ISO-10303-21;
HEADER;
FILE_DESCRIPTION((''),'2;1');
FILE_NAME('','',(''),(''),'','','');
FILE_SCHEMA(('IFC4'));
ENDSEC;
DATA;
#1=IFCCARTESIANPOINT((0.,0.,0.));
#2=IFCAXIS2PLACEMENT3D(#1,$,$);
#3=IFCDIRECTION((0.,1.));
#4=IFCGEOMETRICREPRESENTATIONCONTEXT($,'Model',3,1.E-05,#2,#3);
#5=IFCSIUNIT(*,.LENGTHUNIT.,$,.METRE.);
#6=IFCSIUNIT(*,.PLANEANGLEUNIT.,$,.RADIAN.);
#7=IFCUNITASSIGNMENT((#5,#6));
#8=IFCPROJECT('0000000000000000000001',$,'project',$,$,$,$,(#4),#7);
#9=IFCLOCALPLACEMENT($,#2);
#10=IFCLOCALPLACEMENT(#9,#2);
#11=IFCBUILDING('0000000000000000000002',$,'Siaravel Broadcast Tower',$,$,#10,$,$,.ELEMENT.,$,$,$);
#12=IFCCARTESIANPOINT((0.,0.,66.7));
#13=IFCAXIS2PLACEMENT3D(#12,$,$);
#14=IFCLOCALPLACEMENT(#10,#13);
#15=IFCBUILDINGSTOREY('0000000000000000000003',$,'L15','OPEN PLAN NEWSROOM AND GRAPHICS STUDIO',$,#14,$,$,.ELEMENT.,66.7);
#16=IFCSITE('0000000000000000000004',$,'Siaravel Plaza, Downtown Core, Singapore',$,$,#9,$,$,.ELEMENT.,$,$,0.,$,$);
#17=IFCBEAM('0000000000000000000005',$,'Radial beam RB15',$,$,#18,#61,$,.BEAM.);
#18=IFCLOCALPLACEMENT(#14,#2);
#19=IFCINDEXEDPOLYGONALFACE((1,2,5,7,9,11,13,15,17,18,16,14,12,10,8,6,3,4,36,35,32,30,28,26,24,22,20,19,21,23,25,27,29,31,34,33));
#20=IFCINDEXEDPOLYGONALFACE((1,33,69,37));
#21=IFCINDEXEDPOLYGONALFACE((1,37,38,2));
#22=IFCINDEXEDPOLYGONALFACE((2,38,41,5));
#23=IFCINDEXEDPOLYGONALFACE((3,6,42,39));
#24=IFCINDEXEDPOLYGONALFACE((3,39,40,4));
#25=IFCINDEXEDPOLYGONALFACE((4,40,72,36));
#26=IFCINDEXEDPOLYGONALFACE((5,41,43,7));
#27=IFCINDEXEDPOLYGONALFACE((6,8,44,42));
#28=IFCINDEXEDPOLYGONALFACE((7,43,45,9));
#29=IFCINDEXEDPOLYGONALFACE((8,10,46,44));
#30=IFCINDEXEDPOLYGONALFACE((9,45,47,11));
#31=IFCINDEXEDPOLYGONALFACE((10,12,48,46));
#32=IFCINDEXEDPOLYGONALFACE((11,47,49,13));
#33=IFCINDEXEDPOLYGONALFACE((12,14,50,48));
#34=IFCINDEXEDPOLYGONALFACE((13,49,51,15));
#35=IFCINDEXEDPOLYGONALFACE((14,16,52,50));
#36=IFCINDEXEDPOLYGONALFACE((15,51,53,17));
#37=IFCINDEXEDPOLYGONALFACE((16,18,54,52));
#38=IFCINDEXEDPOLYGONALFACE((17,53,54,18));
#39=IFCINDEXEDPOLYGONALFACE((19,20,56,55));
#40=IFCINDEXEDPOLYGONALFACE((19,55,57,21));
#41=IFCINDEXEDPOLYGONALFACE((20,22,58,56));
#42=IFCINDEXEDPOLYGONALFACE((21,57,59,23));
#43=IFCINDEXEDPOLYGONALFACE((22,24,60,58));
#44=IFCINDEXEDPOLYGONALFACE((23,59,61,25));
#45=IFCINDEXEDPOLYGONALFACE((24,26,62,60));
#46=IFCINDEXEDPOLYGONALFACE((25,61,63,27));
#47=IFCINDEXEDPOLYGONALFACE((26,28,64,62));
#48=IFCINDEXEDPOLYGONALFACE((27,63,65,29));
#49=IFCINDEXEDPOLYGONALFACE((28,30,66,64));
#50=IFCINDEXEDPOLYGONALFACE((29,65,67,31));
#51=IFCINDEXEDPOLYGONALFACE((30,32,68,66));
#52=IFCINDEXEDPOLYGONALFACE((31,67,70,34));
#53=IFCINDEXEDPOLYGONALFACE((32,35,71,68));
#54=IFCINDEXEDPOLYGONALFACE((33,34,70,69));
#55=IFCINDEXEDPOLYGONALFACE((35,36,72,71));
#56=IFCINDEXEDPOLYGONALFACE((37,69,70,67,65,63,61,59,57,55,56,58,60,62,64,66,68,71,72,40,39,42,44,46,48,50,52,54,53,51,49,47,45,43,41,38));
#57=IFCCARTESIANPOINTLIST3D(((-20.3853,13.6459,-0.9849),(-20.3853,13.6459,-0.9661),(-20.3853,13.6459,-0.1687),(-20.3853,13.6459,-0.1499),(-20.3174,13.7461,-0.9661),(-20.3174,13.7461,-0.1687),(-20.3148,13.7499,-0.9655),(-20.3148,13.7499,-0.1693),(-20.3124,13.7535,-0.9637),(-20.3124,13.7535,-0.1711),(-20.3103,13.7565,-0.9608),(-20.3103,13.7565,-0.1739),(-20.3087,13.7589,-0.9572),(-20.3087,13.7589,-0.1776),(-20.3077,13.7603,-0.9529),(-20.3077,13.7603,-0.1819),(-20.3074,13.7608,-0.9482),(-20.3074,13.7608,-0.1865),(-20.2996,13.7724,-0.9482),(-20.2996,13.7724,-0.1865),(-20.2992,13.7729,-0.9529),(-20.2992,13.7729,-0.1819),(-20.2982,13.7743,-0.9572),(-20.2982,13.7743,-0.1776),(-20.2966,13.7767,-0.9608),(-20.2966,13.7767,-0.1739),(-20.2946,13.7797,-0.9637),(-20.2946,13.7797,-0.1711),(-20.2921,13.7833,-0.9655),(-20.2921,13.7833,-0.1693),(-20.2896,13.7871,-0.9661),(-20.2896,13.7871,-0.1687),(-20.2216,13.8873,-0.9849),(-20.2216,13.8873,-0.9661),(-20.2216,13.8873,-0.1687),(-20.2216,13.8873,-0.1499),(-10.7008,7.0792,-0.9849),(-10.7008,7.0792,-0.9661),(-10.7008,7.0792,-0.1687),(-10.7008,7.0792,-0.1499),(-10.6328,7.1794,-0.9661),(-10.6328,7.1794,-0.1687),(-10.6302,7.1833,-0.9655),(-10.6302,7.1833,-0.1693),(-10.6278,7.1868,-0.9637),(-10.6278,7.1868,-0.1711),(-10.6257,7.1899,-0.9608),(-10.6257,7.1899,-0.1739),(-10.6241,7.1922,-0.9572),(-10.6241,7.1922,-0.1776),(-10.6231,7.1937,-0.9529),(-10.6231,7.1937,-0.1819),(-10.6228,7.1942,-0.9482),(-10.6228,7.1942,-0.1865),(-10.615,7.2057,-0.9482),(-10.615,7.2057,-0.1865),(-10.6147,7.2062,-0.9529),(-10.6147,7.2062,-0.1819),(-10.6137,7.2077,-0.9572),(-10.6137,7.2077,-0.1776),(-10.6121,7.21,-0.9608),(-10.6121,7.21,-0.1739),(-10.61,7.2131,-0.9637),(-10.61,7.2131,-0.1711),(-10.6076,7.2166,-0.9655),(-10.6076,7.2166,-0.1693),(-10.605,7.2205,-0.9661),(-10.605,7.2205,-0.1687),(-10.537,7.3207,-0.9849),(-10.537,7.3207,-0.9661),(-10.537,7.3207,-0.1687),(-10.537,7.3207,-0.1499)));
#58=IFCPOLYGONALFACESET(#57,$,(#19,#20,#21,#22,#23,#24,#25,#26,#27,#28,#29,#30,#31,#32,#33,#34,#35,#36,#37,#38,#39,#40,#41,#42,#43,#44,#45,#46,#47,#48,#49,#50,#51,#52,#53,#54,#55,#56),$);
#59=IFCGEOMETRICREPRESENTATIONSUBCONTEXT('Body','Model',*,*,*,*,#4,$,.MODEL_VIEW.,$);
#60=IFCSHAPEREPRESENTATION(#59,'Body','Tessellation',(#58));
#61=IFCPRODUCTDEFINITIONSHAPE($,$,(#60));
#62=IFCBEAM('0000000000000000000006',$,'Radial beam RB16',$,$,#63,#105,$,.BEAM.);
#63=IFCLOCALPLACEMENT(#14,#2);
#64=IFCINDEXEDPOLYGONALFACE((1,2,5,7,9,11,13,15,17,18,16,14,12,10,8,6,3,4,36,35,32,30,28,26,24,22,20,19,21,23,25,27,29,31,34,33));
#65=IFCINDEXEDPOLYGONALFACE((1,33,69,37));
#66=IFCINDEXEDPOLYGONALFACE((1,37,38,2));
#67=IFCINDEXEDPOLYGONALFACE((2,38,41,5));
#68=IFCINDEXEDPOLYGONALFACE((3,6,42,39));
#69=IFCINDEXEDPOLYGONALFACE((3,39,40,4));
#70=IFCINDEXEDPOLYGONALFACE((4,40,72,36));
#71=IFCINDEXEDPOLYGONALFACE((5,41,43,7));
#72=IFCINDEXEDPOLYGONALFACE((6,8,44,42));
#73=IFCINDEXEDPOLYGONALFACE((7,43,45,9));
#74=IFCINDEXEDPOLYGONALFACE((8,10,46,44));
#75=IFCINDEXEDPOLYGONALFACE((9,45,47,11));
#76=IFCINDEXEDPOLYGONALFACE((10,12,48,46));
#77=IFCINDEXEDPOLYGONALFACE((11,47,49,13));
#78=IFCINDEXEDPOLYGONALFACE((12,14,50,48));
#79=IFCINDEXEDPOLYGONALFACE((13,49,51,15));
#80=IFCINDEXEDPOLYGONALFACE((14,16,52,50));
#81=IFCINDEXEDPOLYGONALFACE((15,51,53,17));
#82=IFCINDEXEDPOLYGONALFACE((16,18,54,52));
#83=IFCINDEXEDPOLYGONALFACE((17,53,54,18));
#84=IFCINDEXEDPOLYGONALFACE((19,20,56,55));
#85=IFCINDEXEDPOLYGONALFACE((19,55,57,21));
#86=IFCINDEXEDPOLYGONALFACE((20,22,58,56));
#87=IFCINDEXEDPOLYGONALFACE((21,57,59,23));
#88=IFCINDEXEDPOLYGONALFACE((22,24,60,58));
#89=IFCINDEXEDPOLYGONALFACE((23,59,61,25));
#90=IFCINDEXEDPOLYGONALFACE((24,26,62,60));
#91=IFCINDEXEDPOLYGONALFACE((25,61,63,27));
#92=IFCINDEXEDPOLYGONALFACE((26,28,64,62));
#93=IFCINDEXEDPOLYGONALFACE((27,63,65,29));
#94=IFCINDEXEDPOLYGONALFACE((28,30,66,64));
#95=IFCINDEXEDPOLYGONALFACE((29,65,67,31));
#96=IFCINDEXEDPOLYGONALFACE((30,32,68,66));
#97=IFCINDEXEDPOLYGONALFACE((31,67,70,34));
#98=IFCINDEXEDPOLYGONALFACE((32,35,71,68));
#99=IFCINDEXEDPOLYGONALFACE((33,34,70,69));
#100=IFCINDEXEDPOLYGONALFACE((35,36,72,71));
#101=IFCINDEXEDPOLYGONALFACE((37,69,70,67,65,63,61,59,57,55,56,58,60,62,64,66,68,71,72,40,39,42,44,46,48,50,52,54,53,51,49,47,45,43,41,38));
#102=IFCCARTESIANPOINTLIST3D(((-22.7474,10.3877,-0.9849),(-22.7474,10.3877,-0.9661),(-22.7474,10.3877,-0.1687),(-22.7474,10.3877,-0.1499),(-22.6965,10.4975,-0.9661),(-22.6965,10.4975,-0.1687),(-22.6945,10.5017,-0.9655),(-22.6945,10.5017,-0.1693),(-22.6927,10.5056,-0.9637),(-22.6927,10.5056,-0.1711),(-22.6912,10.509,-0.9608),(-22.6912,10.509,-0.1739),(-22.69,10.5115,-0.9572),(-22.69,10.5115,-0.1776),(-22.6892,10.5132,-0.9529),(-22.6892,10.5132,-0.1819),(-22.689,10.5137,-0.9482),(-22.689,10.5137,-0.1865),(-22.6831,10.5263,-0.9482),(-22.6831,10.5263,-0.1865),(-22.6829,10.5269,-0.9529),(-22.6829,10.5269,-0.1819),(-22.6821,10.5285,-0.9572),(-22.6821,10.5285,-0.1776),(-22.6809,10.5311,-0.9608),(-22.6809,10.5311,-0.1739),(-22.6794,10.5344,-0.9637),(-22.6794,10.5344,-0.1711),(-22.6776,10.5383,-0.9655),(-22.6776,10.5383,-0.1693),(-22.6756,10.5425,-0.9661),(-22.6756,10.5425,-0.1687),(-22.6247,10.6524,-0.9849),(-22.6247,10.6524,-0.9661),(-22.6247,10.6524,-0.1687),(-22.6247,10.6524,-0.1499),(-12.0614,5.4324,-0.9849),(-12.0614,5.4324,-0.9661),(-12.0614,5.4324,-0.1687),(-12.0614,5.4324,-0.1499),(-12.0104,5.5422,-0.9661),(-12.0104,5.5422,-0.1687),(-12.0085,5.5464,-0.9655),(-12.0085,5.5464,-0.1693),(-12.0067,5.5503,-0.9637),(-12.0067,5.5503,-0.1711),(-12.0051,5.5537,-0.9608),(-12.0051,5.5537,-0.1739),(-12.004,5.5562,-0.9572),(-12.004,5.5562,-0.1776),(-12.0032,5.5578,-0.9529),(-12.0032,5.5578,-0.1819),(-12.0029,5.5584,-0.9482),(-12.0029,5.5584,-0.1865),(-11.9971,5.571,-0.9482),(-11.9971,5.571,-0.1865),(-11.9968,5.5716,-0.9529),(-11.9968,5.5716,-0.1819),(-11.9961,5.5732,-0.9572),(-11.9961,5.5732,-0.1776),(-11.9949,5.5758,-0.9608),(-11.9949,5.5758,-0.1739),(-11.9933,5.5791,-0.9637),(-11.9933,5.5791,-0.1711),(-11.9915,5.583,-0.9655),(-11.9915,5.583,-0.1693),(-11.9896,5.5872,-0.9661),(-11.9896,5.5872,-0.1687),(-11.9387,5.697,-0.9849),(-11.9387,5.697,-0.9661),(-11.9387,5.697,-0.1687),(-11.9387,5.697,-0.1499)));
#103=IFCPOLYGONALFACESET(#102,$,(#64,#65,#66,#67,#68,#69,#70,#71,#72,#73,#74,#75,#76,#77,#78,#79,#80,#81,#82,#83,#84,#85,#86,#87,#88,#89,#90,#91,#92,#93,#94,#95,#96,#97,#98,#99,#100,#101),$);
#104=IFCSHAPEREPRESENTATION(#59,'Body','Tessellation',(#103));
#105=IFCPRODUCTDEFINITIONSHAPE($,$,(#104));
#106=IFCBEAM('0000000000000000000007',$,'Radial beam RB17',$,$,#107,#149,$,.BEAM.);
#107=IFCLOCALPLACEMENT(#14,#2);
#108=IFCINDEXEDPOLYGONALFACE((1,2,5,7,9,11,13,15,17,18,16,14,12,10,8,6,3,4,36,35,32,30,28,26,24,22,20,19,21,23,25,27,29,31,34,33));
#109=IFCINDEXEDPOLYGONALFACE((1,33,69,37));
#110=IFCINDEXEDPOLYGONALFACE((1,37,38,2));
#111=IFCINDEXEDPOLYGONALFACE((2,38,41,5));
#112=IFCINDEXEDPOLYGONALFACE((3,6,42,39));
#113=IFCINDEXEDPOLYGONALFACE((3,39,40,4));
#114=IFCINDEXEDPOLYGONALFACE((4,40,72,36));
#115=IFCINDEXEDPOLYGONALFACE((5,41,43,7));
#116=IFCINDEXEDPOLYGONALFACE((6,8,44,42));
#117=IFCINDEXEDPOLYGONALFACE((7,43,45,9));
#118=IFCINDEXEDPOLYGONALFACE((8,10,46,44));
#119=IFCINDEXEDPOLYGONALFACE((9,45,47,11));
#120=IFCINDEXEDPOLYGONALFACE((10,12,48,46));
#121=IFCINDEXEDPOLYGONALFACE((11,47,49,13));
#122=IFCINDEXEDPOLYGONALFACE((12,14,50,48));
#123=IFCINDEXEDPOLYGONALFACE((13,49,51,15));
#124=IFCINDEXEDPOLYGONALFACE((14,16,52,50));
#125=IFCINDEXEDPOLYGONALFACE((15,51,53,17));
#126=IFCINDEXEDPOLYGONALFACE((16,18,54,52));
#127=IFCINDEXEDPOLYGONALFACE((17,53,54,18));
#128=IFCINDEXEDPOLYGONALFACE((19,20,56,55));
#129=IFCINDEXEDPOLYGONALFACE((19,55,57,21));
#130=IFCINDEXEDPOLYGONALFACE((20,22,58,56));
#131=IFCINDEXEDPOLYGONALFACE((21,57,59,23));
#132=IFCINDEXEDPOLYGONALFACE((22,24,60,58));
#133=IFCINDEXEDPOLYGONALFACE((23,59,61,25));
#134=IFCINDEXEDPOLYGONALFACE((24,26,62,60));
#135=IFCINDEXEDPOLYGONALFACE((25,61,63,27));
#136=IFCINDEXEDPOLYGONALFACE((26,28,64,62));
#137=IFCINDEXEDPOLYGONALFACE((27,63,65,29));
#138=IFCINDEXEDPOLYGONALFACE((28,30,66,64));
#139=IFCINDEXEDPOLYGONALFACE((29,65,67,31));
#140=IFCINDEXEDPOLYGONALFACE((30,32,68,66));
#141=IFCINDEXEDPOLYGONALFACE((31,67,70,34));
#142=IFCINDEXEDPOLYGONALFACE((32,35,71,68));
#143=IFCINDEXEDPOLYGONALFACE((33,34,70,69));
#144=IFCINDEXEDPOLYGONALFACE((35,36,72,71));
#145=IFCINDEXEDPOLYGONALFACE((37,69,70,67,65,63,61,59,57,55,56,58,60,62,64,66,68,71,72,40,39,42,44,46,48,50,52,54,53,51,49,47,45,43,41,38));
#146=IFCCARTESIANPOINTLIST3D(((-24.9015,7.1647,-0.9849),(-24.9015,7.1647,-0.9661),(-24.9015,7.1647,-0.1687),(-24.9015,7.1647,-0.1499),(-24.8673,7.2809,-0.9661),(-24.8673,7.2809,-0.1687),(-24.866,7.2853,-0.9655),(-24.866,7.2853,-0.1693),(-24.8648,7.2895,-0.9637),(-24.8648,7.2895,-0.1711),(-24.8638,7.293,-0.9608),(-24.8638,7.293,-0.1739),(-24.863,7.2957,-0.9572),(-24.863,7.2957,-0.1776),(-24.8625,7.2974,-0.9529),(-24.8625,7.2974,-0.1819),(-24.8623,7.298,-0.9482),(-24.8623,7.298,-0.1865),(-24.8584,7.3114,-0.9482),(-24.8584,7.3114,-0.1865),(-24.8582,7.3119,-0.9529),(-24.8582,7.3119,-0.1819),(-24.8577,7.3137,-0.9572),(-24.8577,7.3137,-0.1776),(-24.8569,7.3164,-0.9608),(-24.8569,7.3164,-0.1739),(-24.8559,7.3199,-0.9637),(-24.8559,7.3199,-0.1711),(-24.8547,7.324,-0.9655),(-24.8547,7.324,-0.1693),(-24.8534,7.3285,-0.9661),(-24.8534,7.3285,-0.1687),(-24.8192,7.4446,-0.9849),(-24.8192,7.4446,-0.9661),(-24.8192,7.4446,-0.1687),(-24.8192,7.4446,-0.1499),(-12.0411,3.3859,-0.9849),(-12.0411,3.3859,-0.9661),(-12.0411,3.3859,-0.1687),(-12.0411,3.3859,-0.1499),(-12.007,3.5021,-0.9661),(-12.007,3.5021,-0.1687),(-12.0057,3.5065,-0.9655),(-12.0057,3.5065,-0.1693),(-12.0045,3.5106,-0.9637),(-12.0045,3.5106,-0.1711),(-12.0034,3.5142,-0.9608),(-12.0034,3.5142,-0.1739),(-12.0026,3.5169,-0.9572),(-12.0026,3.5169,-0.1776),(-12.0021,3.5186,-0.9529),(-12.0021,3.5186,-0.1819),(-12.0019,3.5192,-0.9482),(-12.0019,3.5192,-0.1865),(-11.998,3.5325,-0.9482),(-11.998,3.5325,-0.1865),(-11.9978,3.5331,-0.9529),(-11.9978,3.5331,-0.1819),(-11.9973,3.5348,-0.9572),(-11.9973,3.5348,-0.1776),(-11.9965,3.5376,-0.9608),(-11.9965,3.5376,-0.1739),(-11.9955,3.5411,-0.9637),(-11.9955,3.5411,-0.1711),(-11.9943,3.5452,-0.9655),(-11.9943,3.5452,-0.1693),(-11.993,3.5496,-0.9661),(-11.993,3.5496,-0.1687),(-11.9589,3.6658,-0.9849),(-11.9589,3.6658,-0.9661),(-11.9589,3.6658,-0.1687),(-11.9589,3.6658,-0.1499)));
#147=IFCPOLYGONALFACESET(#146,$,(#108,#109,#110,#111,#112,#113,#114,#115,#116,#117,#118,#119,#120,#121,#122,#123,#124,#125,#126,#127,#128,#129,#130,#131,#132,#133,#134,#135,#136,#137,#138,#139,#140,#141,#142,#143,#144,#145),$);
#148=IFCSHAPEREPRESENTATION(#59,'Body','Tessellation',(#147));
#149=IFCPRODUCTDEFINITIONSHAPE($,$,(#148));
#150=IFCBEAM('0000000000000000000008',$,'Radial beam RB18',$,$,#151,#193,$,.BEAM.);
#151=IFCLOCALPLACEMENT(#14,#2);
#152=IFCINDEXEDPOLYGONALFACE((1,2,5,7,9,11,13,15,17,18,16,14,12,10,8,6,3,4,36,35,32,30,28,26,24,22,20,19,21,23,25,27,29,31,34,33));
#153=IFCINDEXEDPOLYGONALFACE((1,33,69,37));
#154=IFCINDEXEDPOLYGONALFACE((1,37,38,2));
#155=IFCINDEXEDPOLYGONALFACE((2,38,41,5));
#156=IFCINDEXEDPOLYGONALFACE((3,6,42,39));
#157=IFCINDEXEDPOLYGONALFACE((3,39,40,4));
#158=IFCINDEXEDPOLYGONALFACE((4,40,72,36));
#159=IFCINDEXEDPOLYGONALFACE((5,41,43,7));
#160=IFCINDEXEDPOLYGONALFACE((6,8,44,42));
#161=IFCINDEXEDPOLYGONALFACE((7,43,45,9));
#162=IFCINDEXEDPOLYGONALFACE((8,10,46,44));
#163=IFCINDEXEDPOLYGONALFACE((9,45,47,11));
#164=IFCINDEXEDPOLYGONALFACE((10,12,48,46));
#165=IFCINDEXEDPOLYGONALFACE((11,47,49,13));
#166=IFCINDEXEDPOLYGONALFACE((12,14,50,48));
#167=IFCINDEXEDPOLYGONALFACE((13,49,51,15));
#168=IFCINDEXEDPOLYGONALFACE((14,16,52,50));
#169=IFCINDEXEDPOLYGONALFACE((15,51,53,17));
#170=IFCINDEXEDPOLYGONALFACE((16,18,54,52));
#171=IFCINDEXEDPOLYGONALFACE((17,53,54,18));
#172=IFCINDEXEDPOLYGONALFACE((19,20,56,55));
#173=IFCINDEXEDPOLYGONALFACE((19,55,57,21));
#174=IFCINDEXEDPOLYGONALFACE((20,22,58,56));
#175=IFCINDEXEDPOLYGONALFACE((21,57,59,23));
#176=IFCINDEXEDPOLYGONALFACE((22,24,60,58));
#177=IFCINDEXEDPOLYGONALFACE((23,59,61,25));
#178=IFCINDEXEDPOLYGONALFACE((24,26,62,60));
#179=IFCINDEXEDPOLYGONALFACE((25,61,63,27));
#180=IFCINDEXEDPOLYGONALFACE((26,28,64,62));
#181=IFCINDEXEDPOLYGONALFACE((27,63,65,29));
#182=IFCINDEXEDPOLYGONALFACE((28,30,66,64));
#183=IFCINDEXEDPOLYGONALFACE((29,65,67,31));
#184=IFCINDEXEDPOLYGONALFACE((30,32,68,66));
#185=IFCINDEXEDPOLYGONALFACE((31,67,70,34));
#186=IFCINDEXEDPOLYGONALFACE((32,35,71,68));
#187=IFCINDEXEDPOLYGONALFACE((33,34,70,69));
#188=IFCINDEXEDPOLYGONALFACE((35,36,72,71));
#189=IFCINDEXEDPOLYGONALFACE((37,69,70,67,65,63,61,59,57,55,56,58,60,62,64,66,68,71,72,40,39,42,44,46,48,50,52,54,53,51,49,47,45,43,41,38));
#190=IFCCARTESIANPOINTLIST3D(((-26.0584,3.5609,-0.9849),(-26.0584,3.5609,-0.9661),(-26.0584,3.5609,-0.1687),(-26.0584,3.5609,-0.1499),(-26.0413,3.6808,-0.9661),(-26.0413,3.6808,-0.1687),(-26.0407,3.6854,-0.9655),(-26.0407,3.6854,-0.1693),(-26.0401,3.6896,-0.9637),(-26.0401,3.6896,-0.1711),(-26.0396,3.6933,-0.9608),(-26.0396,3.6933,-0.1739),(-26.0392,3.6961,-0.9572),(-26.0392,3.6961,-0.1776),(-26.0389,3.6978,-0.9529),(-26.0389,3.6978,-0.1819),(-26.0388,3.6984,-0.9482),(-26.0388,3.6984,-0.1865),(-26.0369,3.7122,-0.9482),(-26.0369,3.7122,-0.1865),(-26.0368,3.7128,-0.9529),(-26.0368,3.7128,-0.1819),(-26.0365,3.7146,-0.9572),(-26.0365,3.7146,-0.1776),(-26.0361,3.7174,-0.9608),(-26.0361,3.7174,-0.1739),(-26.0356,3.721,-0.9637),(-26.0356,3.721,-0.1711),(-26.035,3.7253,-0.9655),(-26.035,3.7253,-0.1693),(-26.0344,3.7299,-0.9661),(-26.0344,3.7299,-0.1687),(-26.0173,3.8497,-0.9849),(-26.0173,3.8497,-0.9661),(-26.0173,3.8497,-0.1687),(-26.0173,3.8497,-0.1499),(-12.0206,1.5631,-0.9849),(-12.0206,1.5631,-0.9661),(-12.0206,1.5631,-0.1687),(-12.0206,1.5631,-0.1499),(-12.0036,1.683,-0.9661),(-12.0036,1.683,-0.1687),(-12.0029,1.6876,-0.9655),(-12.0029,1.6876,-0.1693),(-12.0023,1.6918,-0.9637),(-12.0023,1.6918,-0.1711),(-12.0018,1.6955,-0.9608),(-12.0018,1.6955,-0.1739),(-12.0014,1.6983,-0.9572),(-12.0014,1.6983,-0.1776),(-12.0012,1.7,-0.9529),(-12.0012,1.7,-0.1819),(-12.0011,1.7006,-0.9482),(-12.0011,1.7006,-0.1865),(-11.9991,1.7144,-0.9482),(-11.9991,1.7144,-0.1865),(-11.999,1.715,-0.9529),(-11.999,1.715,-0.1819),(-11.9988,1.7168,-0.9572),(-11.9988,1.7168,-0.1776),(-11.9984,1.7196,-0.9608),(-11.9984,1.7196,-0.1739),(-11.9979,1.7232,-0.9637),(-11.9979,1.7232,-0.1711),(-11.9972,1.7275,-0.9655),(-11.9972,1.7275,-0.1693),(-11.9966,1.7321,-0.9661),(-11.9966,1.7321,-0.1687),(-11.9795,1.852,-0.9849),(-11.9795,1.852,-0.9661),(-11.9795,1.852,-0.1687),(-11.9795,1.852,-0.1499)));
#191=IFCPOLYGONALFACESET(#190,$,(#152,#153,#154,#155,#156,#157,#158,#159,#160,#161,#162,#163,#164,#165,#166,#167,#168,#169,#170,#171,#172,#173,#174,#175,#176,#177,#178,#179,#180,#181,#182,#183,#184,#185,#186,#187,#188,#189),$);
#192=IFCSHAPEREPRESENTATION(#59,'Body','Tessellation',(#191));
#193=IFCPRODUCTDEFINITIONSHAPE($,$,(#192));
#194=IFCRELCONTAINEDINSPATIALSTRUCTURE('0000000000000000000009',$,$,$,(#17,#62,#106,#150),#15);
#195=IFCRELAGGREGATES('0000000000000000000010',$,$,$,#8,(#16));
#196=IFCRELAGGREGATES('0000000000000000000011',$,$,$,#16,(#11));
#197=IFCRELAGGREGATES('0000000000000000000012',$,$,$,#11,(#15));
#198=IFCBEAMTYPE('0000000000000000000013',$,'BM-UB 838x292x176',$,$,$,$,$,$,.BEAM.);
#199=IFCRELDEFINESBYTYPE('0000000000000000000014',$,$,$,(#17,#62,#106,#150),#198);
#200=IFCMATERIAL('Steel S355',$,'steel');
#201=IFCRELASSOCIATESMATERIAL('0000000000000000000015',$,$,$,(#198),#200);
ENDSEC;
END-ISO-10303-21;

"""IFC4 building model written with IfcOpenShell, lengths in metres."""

from ifc_helpers import new_model, si_unit, direction, frame, origin, origin_2d, place, context, subcontext, project, spatial, i_section, extrude, material, material_profile, profile_set, type_object, element, save


model = new_model("IFC4")

# Units and contexts
model_context = context("Model", 3, precision=1e-05, world=origin(), true_north=direction((0.0, 1.0)))
body_context = subcontext(model_context, "Body", "Model", "MODEL_VIEW")
ifc_project = project(units=[si_unit("LENGTHUNIT", "METRE"), si_unit("PLANEANGLEUNIT", "RADIAN")], contexts=[model_context])

# Site, building, storey
site_placement = place(None, origin())
site = spatial("IfcSite", under=ifc_project, at=site_placement, Name="Siaravel Plaza, Downtown Core, Singapore", CompositionType="ELEMENT", RefElevation=0.0)
building_placement = place(site_placement, origin())
building = spatial("IfcBuilding", under=site, at=building_placement, Name="Siaravel Broadcast Tower", CompositionType="ELEMENT")
storey_placement = place(building_placement, frame((0.0, 0.0, 66.7)))
storey = spatial("IfcBuildingStorey", under=building, at=storey_placement, Name="L15", Description="OPEN PLAN NEWSROOM AND GRAPHICS STUDIO", CompositionType="ELEMENT", Elevation=66.7)

# Beams
ifc_material_1 = material(Name="Steel S355", Category="steel")
ifc_material_profile_1 = material_profile(ifc_material_1, i_section(OverallWidth=0.2917, OverallDepth=0.835, WebThickness=0.0139, FlangeThickness=0.0188, FilletRadius=0.0178, at=origin_2d()))
ifc_profile_set_1 = profile_set([ifc_material_profile_1], Name="Steel S355")
beam_type = type_object("IfcBeamType", Name="BM-UB 838x292x176", PredefinedType="BEAM", material=ifc_profile_set_1)
beam_1_placement = place(storey_placement, frame((-20.3035, 13.7666, -0.5674), z_axis=(0.827675, -0.561207, 0.0), x_axis=(0.561207, 0.827675, 0.0)))
element("IfcBeam", 1, at=beam_1_placement, inside=storey, type_object=beam_type, Name="Radial beam RB15", PredefinedType="BEAM", context=body_context, shape_type="SweptSolid", body=[
    extrude(i_section(OverallWidth=0.2917, OverallDepth=0.835, WebThickness=0.0139, FlangeThickness=0.0188, FilletRadius=0.0178, at=origin_2d()), origin(), (0.0, 0.0, 1.0), 11.7009),
])
beam_2_placement = place(storey_placement, frame((-22.686, 10.52, -0.5674), z_axis=(0.907205, -0.420689, 0.0), x_axis=(0.420689, 0.907205, 0.0)))
element("IfcBeam", 2, at=beam_2_placement, inside=storey, type_object=beam_type, Name="Radial beam RB16", PredefinedType="BEAM", context=body_context, shape_type="SweptSolid", body=[
    extrude(i_section(OverallWidth=0.2917, OverallDepth=0.835, WebThickness=0.0139, FlangeThickness=0.0188, FilletRadius=0.0178, at=origin_2d()), origin(), (0.0, 0.0, 1.0), 11.7791),
])
beam_3_placement = place(storey_placement, frame((-24.8604, 7.3047, -0.5674), z_axis=(0.959439, -0.281916, 0.0), x_axis=(0.281916, 0.959439, 0.0)))
element("IfcBeam", 3, at=beam_3_placement, inside=storey, type_object=beam_type, Name="Radial beam RB17", PredefinedType="BEAM", context=body_context, shape_type="SweptSolid", body=[
    extrude(i_section(OverallWidth=0.2917, OverallDepth=0.835, WebThickness=0.0139, FlangeThickness=0.0188, FilletRadius=0.0178, at=origin_2d()), origin(), (0.0, 0.0, 1.0), 13.4041),
])
beam_4_placement = place(storey_placement, frame((-26.0378, 3.7053, -0.5674), z_axis=(0.990024, -0.140896, 0.0), x_axis=(0.140896, 0.990024, 0.0)))
element("IfcBeam", 4, at=beam_4_placement, inside=storey, type_object=beam_type, Name="Radial beam RB18", PredefinedType="BEAM", context=body_context, shape_type="SweptSolid", body=[
    extrude(i_section(OverallWidth=0.2917, OverallDepth=0.835, WebThickness=0.0139, FlangeThickness=0.0188, FilletRadius=0.0178, at=origin_2d()), origin(), (0.0, 0.0, 1.0), 14.1792),
])

save(model, "model.ifc")
